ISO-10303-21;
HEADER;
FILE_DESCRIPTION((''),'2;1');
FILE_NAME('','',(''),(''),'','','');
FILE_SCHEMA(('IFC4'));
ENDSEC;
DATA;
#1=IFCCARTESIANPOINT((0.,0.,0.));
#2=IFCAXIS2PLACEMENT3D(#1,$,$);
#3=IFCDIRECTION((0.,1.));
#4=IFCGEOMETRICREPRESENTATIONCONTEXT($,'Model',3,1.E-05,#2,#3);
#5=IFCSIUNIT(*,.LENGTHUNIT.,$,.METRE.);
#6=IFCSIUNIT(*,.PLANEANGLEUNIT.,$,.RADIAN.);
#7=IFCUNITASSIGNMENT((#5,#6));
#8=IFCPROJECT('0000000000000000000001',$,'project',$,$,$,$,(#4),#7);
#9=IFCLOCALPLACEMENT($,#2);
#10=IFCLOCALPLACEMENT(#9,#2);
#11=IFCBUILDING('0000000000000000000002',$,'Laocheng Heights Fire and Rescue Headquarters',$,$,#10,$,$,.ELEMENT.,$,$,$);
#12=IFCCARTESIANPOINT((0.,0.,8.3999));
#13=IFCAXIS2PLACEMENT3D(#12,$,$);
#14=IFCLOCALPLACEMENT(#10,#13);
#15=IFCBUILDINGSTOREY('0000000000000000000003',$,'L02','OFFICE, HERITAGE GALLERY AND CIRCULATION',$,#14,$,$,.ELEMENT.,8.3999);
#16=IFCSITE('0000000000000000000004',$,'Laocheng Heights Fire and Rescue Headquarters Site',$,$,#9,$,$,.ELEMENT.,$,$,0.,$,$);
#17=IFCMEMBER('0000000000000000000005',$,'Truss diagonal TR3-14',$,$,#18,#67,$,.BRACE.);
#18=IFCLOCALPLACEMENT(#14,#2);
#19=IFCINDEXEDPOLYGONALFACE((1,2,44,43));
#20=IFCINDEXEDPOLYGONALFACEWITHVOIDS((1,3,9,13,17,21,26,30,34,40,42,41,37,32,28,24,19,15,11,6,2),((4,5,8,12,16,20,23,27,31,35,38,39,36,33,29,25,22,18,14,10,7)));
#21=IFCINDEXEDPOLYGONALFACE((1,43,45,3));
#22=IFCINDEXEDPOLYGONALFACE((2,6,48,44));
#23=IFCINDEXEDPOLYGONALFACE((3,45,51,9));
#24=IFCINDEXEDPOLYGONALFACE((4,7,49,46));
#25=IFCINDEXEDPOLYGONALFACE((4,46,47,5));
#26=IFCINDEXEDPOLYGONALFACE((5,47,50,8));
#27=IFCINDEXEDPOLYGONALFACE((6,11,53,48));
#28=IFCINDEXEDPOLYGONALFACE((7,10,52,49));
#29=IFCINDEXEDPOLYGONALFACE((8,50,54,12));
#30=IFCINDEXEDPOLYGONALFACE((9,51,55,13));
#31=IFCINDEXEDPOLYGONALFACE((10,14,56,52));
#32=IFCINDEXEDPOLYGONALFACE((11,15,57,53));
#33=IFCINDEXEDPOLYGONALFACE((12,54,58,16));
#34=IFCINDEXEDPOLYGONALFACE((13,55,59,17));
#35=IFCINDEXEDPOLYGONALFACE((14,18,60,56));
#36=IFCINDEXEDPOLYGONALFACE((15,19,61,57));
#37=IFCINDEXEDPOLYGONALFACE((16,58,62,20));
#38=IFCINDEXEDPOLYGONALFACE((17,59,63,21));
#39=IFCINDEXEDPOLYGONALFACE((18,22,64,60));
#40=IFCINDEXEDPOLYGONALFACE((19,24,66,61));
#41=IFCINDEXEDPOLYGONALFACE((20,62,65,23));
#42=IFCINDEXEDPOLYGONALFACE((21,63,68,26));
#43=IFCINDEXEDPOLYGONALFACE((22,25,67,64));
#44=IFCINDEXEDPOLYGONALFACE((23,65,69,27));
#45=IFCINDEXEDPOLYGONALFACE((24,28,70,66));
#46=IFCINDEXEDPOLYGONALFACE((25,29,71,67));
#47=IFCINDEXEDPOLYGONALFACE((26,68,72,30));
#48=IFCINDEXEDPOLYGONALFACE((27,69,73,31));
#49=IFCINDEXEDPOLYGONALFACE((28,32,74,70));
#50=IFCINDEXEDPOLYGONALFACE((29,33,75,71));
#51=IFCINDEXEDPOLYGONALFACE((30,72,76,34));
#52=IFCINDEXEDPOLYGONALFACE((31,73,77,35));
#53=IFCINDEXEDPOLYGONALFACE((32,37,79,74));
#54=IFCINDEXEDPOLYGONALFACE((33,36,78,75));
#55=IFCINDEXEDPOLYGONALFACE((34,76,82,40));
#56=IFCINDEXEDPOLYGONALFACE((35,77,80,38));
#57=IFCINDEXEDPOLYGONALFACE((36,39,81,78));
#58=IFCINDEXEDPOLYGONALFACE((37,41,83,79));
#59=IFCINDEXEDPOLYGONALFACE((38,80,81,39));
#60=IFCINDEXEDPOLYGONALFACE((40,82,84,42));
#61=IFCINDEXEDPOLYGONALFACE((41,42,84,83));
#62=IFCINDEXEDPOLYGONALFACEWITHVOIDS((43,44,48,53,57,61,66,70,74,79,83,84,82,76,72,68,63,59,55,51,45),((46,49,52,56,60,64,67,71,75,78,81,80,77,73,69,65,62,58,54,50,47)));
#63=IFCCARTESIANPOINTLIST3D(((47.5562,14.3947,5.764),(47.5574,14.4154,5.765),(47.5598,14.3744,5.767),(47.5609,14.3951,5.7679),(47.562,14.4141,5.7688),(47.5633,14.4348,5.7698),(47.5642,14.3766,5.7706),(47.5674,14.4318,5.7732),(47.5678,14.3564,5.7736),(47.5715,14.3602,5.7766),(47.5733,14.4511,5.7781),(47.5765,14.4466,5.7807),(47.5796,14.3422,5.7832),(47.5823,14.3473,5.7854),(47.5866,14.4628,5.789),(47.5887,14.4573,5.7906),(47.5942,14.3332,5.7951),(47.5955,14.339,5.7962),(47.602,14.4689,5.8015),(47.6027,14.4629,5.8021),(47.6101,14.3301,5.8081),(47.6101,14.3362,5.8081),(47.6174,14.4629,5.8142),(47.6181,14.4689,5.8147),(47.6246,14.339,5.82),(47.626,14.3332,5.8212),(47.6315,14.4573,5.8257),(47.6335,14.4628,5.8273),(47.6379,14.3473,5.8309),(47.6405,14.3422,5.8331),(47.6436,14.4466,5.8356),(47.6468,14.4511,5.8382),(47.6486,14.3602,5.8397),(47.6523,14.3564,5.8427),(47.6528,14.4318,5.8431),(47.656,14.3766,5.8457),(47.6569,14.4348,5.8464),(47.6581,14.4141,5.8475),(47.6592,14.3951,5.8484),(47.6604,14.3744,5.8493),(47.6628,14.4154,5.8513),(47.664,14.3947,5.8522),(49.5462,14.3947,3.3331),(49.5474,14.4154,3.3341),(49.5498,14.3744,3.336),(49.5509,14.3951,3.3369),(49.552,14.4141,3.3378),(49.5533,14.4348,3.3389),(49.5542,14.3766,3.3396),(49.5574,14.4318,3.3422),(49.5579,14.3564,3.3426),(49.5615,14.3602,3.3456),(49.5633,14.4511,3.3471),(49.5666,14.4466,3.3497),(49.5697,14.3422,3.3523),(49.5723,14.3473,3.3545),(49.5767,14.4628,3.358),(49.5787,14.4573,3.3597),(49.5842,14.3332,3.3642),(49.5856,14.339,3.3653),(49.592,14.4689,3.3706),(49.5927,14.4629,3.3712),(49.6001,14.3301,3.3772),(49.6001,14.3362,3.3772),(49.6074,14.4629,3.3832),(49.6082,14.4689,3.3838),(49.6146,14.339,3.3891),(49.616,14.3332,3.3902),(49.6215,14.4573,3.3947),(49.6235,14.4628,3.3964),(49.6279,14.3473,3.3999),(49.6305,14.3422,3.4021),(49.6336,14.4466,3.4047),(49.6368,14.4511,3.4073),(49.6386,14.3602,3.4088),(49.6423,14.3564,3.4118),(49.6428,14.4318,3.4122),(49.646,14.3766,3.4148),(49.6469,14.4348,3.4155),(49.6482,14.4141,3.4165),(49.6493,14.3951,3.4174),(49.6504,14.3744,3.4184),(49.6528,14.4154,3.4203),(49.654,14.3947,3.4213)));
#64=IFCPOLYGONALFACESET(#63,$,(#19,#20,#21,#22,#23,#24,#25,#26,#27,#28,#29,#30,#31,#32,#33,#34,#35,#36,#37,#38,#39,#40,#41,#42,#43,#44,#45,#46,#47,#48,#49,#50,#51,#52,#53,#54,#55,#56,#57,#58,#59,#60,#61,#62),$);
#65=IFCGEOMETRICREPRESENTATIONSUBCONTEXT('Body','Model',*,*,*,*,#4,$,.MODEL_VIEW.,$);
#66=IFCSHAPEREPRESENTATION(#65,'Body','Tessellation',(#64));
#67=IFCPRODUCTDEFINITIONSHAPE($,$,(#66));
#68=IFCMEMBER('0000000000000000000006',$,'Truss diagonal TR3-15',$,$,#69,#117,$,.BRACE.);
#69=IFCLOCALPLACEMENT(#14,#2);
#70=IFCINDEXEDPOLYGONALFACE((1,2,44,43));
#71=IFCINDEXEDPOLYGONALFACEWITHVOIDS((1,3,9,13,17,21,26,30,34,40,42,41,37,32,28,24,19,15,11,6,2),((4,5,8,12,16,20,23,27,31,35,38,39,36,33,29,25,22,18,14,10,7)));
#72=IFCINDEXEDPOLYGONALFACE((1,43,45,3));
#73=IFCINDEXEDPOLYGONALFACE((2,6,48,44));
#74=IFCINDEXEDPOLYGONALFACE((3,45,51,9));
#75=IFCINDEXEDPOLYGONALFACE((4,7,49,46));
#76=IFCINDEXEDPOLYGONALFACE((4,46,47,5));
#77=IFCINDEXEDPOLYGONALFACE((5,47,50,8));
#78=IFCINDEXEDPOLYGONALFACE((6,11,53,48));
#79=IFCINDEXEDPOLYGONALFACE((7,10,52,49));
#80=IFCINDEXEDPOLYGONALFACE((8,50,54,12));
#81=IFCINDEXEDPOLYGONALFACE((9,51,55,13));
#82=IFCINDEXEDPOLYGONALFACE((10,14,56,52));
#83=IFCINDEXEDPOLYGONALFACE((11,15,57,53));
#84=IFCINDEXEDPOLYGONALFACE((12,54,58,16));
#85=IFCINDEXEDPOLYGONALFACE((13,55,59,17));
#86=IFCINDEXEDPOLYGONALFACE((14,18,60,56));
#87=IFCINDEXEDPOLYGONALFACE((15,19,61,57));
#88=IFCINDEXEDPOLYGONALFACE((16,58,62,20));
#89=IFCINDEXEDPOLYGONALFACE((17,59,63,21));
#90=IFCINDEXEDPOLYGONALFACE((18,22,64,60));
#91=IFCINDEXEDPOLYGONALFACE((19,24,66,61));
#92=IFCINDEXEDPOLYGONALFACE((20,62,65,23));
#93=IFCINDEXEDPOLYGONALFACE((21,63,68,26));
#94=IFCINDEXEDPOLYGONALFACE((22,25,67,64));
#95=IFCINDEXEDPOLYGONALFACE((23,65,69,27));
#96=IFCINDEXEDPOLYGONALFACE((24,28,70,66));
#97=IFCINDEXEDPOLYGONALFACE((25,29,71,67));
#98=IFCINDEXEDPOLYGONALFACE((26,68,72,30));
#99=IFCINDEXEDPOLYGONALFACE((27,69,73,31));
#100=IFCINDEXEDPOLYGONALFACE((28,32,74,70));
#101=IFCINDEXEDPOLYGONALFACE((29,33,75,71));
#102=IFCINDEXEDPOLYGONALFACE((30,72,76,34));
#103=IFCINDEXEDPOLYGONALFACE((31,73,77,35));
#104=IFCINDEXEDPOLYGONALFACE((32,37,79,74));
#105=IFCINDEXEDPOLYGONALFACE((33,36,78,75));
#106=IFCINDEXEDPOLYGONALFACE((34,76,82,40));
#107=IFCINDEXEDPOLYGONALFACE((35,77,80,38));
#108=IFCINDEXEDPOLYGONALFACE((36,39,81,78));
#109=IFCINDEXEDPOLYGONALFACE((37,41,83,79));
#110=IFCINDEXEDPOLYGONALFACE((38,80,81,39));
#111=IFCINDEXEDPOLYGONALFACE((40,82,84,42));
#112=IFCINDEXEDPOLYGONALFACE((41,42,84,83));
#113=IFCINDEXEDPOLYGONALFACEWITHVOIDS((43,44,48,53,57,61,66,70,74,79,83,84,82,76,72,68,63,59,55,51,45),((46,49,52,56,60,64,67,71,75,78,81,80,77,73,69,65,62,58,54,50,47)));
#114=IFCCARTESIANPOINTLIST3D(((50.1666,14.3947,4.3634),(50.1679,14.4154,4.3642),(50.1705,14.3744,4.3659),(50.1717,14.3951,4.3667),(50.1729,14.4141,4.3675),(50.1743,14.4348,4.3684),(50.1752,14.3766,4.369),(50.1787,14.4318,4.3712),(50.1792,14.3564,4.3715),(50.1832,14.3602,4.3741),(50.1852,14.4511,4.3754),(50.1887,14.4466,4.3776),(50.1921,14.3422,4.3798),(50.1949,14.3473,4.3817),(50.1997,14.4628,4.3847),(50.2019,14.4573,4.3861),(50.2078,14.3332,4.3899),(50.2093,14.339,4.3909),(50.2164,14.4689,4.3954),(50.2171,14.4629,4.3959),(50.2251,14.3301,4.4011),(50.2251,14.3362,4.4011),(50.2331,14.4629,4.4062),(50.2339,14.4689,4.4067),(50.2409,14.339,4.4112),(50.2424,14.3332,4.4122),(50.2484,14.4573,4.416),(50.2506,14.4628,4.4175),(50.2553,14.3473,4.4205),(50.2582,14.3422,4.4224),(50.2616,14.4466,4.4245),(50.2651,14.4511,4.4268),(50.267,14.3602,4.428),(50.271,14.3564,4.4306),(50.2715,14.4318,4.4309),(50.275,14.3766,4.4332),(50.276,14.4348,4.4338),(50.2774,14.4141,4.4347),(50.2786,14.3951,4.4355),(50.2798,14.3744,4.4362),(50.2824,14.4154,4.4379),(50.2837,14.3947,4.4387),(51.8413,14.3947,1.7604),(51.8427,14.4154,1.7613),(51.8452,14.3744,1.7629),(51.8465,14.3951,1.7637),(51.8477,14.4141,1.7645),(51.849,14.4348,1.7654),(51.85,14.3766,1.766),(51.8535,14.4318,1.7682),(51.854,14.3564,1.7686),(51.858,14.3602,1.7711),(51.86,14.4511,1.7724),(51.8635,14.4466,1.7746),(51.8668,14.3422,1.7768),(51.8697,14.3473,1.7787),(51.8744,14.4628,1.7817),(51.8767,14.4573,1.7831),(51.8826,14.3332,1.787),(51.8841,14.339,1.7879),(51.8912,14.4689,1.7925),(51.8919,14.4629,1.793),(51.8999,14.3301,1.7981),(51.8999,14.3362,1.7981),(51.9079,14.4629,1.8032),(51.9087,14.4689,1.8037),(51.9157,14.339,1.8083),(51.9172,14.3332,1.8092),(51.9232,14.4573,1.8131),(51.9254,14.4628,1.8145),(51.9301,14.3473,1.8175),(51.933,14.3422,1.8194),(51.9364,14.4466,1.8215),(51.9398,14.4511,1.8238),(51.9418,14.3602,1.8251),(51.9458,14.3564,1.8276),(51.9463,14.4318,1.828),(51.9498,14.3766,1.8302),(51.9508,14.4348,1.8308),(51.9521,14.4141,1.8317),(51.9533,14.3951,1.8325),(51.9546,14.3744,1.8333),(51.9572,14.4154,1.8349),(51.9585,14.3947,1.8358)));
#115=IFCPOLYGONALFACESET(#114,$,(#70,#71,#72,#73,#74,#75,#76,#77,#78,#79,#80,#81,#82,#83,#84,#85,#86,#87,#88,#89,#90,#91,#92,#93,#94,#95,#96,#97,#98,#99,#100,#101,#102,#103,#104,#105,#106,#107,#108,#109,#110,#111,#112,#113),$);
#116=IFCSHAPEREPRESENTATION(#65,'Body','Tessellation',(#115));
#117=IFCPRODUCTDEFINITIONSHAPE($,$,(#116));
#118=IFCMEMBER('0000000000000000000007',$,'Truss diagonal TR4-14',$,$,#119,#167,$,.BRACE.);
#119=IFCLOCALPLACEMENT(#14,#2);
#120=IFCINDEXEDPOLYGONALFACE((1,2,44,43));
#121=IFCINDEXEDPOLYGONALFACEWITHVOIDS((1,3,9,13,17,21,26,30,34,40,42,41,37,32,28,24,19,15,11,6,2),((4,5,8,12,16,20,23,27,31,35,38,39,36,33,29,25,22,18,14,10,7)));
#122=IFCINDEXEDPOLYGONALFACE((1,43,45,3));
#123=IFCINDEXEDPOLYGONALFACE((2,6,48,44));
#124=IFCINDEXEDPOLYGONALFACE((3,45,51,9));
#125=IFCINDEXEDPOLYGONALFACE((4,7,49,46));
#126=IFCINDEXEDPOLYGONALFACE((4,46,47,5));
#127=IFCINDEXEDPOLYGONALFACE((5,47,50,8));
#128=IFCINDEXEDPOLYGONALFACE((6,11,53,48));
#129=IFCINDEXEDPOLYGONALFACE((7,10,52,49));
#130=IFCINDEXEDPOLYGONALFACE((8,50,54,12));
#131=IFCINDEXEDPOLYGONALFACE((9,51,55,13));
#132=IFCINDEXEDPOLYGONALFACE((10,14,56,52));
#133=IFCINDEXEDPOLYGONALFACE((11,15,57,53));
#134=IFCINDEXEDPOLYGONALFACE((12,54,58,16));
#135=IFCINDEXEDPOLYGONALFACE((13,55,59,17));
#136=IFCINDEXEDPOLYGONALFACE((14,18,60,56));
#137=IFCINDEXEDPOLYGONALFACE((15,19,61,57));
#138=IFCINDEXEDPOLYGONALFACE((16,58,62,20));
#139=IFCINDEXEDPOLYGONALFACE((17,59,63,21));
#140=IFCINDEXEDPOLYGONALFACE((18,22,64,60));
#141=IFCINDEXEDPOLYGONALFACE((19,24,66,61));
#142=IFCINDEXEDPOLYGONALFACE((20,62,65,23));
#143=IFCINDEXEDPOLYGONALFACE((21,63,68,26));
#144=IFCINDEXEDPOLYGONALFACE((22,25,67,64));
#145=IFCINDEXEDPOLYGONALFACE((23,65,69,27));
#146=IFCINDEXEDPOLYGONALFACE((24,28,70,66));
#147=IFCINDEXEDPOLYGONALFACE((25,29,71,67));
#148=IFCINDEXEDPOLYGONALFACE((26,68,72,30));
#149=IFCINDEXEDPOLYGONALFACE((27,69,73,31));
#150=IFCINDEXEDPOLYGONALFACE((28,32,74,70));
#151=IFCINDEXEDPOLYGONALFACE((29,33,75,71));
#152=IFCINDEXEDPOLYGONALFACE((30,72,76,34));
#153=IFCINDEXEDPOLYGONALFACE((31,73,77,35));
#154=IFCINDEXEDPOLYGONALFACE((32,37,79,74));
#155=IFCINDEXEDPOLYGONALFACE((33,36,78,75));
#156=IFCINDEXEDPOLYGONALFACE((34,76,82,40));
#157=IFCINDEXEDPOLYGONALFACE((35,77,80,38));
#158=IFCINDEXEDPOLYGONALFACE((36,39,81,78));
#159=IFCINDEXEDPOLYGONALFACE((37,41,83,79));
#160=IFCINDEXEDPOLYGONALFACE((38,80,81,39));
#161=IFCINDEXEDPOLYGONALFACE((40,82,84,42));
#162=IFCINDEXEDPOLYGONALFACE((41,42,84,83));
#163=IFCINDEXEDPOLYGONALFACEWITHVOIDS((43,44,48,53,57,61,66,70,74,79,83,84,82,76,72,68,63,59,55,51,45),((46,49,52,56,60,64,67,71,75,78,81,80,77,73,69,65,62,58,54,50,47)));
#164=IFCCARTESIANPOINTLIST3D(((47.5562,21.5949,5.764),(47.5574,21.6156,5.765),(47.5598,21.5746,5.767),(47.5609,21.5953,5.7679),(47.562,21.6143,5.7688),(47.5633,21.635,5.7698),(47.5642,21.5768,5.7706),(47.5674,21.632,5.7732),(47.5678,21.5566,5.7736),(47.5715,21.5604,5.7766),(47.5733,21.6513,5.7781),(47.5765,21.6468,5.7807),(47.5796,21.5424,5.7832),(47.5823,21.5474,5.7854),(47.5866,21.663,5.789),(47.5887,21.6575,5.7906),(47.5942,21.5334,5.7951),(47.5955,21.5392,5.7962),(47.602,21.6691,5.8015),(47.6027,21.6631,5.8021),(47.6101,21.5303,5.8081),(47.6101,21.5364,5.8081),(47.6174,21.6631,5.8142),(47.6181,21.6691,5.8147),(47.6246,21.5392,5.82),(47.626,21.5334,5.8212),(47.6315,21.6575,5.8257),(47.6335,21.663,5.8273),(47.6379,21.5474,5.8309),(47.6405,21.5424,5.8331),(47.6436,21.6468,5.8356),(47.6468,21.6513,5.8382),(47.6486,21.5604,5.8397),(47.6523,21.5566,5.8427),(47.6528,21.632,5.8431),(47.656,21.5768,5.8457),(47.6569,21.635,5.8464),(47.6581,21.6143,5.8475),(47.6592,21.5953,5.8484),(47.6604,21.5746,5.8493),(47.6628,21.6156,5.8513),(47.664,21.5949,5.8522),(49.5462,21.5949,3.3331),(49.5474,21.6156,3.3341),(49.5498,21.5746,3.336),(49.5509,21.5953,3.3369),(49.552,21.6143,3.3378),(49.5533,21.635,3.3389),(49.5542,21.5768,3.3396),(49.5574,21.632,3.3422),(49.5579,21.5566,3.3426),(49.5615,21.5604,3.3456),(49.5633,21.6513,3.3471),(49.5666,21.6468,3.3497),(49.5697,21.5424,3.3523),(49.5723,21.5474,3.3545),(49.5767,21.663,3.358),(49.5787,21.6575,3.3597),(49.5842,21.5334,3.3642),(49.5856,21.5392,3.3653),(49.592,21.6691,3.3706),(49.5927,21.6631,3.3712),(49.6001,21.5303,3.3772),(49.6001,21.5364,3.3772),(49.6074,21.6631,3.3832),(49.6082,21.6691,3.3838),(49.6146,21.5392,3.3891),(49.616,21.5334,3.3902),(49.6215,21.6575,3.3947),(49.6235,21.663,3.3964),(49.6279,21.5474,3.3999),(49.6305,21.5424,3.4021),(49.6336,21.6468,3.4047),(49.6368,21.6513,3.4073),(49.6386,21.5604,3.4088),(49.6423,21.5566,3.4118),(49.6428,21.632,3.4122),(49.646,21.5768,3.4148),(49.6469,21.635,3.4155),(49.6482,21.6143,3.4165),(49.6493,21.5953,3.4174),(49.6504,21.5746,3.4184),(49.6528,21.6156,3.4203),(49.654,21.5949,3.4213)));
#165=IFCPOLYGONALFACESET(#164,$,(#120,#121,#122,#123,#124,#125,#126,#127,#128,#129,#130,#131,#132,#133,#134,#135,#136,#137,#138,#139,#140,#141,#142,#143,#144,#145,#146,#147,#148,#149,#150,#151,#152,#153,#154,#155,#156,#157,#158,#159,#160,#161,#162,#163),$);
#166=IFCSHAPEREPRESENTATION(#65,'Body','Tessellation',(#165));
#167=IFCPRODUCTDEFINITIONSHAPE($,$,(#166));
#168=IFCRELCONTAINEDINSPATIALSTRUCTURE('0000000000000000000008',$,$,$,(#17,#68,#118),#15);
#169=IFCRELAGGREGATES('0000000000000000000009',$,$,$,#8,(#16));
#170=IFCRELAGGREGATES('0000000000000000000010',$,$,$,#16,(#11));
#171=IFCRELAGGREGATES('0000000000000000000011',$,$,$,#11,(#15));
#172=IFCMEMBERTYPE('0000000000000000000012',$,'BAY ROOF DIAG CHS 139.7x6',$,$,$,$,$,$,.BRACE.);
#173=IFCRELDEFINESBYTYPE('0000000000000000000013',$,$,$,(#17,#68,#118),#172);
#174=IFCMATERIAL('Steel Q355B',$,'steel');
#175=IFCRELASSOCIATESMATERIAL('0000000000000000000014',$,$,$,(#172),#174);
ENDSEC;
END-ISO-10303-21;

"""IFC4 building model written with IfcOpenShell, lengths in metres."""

from ifc_helpers import new_model, si_unit, direction, frame, origin, origin_2d, place, context, subcontext, project, spatial, hollow_circle, extrude, material, material_profile, profile_set, type_object, element, save


model = new_model("IFC4")

# Units and contexts
model_context = context("Model", 3, precision=1e-05, world=origin(), true_north=direction((0.0, 1.0)))
body_context = subcontext(model_context, "Body", "Model", "MODEL_VIEW")
ifc_project = project(units=[si_unit("LENGTHUNIT", "METRE"), si_unit("PLANEANGLEUNIT", "RADIAN")], contexts=[model_context])

# Site, building, storey
site_placement = place(None, origin())
site = spatial("IfcSite", under=ifc_project, at=site_placement, Name="Laocheng Heights Fire and Rescue Headquarters Site", CompositionType="ELEMENT", RefElevation=0.0)
building_placement = place(site_placement, origin())
building = spatial("IfcBuilding", under=site, at=building_placement, Name="Laocheng Heights Fire and Rescue Headquarters", CompositionType="ELEMENT")
storey_placement = place(building_placement, frame((0.0, 0.0, 8.3999)))
storey = spatial("IfcBuildingStorey", under=building, at=storey_placement, Name="L02", Description="OFFICE, HERITAGE GALLERY AND CIRCULATION", CompositionType="ELEMENT", Elevation=8.3999)

# Members
ifc_material_1 = material(Name="Steel Q355B", Category="steel")
ifc_material_profile_1 = material_profile(ifc_material_1, hollow_circle(Radius=0.0698, WallThickness=0.0061, at=origin_2d()), Name="CHS 139.7x6")
ifc_profile_set_1 = profile_set([ifc_material_profile_1], Name="Steel Q355B")
member_type_1 = type_object("IfcMemberType", Name="BAY ROOF DIAG CHS 139.7x6", PredefinedType="BRACE", material=ifc_profile_set_1)
member_1_placement = place(storey_placement, frame((49.6001, 14.3999, 3.3772), z_axis=(-0.633441, 0.0, 0.773791), x_axis=(0.0, -1.0, 0.0)))
element("IfcMember", 1, at=member_1_placement, inside=storey, type_object=member_type_1, Name="Truss diagonal TR3-14", PredefinedType="BRACE", context=body_context, shape_type="SweptSolid", body=[
    extrude(hollow_circle(Radius=0.0698, WallThickness=0.0061, at=origin_2d()), origin(), (0.0, 0.0, 1.0), 3.1416),
])
member_2_placement = place(storey_placement, frame((51.8999, 14.3999, 1.7981), z_axis=(-0.541084, 0.0, 0.840968), x_axis=(0.0, -1.0, 0.0)))
element("IfcMember", 2, at=member_2_placement, inside=storey, type_object=member_type_1, Name="Truss diagonal TR3-15", PredefinedType="BRACE", context=body_context, shape_type="SweptSolid", body=[
    extrude(hollow_circle(Radius=0.0698, WallThickness=0.0061, at=origin_2d()), origin(), (0.0, 0.0, 1.0), 3.0952),
])
member_3_placement = place(storey_placement, frame((49.6001, 21.6001, 3.3772), z_axis=(-0.633441, 0.0, 0.773791), x_axis=(0.0, -1.0, 0.0)))
element("IfcMember", 3, at=member_3_placement, inside=storey, type_object=member_type_1, Name="Truss diagonal TR4-14", PredefinedType="BRACE", context=body_context, shape_type="SweptSolid", body=[
    extrude(hollow_circle(Radius=0.0698, WallThickness=0.0061, at=origin_2d()), origin(), (0.0, 0.0, 1.0), 3.1416),
])

save(model, "model.ifc")
